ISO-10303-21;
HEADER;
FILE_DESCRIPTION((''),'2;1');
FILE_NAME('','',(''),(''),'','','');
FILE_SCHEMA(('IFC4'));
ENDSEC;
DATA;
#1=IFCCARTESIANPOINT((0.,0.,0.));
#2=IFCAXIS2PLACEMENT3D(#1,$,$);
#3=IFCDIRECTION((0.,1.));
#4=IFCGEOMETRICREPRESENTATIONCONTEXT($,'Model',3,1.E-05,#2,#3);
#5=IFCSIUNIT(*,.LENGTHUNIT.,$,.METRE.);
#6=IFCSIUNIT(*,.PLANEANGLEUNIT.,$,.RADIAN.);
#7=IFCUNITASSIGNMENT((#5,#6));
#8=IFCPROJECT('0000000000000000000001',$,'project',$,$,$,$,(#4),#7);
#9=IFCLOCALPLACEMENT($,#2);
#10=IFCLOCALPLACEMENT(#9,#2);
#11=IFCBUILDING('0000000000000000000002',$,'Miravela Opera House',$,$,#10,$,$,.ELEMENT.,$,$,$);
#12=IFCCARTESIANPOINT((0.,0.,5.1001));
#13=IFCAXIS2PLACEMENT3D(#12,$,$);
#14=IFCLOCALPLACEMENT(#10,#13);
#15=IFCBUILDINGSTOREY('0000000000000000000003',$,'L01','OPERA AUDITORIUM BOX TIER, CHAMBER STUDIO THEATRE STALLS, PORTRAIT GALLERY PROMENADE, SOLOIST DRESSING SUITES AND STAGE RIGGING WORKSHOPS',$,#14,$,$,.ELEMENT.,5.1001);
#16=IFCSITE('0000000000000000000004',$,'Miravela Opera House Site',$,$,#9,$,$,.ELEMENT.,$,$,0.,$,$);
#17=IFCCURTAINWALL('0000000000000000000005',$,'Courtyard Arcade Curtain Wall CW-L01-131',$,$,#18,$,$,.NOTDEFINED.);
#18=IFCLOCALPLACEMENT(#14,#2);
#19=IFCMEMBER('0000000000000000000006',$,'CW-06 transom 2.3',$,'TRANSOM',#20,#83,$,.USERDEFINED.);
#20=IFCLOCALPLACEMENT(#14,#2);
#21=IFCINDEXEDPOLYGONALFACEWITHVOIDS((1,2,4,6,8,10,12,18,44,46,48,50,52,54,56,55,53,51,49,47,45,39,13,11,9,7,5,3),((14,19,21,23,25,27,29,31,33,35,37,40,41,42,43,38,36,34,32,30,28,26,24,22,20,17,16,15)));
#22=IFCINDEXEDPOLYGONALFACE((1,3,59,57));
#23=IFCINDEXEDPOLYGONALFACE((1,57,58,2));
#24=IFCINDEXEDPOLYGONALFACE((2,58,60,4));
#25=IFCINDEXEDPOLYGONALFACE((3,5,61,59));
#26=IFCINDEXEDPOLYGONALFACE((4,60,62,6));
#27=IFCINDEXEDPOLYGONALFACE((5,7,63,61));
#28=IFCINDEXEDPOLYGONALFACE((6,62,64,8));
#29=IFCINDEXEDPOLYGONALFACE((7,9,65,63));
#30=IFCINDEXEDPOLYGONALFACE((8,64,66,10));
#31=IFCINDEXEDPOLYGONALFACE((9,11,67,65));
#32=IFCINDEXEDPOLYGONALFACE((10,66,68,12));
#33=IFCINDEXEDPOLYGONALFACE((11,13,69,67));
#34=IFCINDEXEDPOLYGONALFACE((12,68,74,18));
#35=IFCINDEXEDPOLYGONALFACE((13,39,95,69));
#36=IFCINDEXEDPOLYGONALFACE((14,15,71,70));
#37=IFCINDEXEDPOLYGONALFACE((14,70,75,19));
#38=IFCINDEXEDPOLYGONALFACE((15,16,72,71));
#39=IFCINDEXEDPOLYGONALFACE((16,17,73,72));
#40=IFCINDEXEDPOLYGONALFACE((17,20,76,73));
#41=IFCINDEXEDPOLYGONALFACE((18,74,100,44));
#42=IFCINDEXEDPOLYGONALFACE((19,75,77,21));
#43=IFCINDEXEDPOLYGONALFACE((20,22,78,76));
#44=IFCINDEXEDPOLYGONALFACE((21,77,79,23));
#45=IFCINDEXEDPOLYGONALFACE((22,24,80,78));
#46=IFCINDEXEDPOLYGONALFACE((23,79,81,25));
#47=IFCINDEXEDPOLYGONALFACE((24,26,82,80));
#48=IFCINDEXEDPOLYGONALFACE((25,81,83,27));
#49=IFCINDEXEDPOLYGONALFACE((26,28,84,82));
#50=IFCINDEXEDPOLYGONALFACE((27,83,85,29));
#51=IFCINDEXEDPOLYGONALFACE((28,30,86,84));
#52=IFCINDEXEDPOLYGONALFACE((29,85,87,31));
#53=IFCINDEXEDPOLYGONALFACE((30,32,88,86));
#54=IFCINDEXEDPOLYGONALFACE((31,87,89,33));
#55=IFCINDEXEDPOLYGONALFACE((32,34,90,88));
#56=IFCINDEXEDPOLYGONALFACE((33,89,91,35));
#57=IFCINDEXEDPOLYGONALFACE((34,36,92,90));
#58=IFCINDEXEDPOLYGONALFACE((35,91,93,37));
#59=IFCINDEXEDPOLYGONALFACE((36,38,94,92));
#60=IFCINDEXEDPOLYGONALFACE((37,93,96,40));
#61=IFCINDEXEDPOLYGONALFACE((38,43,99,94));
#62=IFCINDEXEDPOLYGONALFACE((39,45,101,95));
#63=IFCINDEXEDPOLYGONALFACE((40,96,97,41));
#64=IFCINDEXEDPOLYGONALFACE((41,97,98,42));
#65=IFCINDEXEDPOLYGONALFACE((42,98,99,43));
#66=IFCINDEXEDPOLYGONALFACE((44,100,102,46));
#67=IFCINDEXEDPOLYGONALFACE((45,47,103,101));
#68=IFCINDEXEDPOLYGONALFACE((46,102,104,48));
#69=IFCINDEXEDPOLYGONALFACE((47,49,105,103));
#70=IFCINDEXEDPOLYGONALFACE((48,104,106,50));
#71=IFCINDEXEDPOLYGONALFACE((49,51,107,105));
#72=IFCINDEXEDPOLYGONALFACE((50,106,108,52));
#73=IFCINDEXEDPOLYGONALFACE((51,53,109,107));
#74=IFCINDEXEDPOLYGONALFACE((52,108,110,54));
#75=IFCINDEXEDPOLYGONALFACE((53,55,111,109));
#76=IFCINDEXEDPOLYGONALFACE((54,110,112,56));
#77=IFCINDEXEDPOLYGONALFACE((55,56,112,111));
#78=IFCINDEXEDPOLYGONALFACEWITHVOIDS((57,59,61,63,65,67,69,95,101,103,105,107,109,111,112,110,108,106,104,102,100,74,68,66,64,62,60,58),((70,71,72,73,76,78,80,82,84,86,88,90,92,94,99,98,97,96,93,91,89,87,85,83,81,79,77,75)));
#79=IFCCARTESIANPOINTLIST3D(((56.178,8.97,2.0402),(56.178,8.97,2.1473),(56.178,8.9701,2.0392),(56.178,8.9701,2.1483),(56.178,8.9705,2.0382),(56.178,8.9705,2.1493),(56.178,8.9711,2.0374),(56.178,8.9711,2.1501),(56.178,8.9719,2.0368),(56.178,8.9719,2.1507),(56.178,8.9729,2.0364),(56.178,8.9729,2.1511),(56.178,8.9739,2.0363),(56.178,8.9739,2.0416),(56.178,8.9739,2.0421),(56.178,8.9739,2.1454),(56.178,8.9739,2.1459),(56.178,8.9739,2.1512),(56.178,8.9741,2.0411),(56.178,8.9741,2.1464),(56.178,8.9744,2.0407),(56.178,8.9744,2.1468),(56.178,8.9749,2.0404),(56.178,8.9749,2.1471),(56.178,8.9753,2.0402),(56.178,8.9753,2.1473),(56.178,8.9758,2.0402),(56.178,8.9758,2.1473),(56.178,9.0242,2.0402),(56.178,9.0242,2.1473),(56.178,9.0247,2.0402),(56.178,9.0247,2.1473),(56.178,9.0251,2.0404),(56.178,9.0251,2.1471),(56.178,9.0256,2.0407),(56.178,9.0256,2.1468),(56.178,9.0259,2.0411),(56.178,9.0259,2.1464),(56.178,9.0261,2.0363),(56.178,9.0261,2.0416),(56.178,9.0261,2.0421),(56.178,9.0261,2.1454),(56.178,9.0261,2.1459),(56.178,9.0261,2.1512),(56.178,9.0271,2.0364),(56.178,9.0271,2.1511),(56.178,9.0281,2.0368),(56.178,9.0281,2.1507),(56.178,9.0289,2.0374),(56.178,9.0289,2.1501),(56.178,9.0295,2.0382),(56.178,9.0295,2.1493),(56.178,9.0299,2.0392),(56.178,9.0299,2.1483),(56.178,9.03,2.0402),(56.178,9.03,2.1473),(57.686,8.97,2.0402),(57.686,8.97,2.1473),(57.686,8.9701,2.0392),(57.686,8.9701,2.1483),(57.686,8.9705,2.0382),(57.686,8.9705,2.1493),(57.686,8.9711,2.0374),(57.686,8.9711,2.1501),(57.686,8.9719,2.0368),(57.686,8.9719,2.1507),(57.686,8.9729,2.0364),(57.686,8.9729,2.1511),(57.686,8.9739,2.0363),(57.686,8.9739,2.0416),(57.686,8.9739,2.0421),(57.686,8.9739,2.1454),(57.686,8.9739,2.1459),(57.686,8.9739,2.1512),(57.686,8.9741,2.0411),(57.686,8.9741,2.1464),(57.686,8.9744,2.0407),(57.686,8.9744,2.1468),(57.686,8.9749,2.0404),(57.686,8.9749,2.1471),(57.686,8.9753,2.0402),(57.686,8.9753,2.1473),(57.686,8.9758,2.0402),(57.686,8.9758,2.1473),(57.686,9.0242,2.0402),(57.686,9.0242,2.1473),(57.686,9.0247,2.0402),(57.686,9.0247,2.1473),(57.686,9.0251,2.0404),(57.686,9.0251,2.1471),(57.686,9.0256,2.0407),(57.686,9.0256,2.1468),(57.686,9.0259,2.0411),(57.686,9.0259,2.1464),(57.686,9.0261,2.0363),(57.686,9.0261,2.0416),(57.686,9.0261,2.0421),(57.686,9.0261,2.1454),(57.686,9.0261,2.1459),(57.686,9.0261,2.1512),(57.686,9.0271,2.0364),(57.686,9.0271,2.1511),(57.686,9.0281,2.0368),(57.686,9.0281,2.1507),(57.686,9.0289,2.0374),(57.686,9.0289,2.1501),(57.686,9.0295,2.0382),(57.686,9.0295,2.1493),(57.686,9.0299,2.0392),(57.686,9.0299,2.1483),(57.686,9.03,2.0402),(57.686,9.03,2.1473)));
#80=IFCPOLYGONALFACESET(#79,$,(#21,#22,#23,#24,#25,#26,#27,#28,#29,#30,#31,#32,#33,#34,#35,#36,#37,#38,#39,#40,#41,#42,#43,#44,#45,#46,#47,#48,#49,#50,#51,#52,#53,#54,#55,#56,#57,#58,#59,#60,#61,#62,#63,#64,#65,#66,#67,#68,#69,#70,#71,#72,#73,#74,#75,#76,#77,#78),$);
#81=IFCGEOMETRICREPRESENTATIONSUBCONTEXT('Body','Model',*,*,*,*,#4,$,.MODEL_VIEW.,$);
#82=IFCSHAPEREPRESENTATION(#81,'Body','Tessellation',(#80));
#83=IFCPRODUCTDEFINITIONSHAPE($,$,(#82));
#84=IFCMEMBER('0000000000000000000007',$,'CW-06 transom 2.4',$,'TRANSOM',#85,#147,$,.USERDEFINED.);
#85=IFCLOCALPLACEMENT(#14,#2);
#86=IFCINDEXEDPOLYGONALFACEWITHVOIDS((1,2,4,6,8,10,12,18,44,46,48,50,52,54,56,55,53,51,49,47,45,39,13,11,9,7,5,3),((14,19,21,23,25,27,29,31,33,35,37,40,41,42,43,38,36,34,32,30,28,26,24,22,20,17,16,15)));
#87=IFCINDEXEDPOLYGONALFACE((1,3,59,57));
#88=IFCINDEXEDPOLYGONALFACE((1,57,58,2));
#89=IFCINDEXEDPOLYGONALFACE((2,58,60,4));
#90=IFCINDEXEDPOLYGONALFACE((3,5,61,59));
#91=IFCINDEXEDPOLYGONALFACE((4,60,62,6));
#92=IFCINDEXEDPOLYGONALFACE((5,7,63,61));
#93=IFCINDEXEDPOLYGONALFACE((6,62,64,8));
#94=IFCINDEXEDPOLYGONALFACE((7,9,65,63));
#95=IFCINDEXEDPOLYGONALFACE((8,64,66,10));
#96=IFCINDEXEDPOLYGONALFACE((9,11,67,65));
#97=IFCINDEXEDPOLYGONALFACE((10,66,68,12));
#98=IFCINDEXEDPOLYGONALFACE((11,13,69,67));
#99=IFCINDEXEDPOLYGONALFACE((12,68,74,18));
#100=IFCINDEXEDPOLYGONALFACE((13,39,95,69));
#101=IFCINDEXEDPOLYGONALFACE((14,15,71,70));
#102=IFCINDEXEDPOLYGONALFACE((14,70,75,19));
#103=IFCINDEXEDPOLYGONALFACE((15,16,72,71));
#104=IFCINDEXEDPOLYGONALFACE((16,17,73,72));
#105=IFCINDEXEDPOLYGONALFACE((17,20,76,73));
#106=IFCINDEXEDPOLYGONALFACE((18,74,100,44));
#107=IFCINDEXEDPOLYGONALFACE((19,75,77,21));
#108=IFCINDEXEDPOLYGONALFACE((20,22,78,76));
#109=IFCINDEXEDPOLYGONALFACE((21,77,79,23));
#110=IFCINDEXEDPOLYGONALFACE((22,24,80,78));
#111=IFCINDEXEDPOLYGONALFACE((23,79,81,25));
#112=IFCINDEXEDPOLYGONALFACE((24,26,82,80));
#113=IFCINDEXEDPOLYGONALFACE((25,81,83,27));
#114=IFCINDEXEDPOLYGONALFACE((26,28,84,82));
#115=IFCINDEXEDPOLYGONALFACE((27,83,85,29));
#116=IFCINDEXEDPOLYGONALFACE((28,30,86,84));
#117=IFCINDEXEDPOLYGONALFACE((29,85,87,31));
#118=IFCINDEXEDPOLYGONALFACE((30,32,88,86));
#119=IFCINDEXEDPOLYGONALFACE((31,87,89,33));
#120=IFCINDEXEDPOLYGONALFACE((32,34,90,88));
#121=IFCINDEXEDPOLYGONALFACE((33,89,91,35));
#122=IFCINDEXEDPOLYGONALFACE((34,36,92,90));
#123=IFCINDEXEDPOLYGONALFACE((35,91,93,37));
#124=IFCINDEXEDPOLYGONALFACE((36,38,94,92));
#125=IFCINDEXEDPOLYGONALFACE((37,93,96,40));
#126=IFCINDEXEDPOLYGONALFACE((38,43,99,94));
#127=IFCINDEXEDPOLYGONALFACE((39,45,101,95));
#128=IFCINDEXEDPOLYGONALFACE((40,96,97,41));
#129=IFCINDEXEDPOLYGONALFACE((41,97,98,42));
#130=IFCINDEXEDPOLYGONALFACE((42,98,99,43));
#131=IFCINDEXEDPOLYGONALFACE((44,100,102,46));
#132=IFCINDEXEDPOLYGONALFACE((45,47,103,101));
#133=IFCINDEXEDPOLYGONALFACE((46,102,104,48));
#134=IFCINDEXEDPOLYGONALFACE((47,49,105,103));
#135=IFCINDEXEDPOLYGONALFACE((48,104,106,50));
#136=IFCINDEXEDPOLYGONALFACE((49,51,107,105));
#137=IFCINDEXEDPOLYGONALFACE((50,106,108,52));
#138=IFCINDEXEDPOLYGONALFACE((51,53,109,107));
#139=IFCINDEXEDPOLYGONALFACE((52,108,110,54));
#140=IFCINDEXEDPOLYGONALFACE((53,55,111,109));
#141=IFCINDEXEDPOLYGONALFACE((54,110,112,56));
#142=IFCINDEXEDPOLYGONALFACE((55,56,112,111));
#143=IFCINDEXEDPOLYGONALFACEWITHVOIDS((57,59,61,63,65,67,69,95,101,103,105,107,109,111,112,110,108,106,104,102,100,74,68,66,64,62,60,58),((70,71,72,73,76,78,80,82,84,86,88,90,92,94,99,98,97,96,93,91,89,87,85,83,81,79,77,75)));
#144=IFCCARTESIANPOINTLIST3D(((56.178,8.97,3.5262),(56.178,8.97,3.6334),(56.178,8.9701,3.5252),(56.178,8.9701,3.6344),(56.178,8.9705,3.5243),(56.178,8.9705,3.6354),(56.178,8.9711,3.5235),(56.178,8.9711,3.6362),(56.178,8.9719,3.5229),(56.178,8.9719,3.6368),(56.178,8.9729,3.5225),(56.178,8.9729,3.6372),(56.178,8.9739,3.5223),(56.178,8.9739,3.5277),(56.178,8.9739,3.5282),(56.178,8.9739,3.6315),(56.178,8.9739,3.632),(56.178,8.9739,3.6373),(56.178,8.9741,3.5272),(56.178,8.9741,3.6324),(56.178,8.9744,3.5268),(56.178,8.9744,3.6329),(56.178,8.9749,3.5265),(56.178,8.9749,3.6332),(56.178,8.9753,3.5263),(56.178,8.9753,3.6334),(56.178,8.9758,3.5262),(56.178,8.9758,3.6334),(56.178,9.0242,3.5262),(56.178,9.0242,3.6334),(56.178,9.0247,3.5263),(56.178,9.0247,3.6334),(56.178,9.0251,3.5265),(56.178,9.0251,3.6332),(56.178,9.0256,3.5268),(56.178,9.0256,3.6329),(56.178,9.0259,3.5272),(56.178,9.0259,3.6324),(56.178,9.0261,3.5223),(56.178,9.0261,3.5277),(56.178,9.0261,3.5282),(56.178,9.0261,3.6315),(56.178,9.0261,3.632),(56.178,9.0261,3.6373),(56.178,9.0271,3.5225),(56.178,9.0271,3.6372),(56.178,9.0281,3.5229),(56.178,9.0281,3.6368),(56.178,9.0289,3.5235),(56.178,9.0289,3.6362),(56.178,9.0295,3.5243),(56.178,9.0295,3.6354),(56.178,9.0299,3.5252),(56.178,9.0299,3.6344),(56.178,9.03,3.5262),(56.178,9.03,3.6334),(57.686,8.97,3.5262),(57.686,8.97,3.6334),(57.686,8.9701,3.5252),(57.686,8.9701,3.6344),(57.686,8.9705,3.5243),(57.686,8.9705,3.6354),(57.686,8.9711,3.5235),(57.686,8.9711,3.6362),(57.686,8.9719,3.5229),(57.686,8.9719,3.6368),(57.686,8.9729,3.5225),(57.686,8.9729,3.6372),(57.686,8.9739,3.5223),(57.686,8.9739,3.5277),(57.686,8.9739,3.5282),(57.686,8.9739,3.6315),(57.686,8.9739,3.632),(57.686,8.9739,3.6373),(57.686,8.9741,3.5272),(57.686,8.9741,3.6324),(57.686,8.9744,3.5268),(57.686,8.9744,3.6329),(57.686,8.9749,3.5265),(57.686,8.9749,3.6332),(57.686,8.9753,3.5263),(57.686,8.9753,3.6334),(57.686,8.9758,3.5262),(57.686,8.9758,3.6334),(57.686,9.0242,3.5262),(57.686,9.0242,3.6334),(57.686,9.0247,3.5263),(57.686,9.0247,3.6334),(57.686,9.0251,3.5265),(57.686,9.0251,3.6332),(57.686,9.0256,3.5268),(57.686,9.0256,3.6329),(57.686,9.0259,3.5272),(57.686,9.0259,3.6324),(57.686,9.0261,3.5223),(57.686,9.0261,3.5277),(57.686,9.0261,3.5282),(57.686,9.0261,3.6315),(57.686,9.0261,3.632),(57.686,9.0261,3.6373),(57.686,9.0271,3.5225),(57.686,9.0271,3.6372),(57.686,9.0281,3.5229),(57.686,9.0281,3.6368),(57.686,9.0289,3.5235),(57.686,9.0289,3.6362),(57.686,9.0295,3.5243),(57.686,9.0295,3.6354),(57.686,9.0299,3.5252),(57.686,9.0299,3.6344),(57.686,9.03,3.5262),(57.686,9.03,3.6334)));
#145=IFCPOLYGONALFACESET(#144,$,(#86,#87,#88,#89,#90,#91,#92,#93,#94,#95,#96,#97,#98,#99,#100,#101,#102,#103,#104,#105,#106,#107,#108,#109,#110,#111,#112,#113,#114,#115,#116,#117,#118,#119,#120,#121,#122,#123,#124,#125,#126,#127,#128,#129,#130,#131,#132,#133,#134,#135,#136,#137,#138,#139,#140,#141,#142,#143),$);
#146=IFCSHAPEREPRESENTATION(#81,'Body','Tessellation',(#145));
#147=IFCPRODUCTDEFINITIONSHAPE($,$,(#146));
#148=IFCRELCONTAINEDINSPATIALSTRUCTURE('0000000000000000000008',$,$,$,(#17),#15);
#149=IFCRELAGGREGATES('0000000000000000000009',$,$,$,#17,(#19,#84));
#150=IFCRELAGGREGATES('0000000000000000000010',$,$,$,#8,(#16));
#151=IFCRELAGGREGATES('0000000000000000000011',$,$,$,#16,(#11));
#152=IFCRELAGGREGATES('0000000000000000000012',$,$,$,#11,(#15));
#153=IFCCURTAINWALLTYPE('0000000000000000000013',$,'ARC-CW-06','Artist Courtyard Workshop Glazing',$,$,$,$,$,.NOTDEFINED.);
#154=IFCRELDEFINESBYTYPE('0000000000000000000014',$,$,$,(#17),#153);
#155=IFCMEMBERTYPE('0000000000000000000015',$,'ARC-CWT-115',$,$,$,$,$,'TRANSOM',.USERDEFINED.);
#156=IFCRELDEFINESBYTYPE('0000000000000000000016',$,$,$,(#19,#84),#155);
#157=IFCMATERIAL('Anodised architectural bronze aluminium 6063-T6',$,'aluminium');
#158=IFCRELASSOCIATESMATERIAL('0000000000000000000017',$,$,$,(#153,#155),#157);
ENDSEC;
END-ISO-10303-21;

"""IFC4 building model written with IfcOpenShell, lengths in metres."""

from ifc_helpers import new_model, si_unit, direction, frame, origin, origin_2d, place, context, subcontext, project, spatial, hollow_rectangle, extrude, material, material_profile, profile_set, type_object, element, aggregate, save


model = new_model("IFC4")

# Units and contexts
model_context = context("Model", 3, precision=1e-05, world=origin(), true_north=direction((0.0, 1.0)))
body_context = subcontext(model_context, "Body", "Model", "MODEL_VIEW")
ifc_project = project(units=[si_unit("LENGTHUNIT", "METRE"), si_unit("PLANEANGLEUNIT", "RADIAN")], contexts=[model_context])

# Site, building, storey
site_placement = place(None, origin())
site = spatial("IfcSite", under=ifc_project, at=site_placement, Name="Miravela Opera House Site", CompositionType="ELEMENT", RefElevation=0.0)
building_placement = place(site_placement, origin())
building = spatial("IfcBuilding", under=site, at=building_placement, Name="Miravela Opera House", CompositionType="ELEMENT")
storey_placement = place(building_placement, frame((0.0, 0.0, 5.1001)))
storey = spatial("IfcBuildingStorey", under=building, at=storey_placement, Name="L01", Description="OPERA AUDITORIUM BOX TIER, CHAMBER STUDIO THEATRE STALLS, PORTRAIT GALLERY PROMENADE, SOLOIST DRESSING SUITES AND STAGE RIGGING WORKSHOPS", CompositionType="ELEMENT", Elevation=5.1001)

# Shared definitions
ifc_material_1 = material(Name="Anodised architectural bronze aluminium 6063-T6", Category="aluminium")
curtain_wall_type = type_object("IfcCurtainWallType", Name="ARC-CW-06", Description="Artist Courtyard Workshop Glazing", PredefinedType="NOTDEFINED", material=ifc_material_1)

# Curtain wall, members
curtain_wall_1_placement = place(storey_placement, origin())
curtain_wall_1 = element("IfcCurtainWall", 1, at=curtain_wall_1_placement, inside=storey, type_object=curtain_wall_type, Name="Courtyard Arcade Curtain Wall CW-L01-131", PredefinedType="NOTDEFINED")
ifc_material_profile_1 = material_profile(ifc_material_1, hollow_rectangle(XDim=0.0601, YDim=0.115, WallThickness=0.0039, InnerFilletRadius=0.002, OuterFilletRadius=0.0039, at=origin_2d()), Name="CWT-60X115")
ifc_profile_set_1 = profile_set([ifc_material_profile_1])
member_type_1 = type_object("IfcMemberType", Name="ARC-CWT-115", ElementType="TRANSOM", PredefinedType="USERDEFINED", material=ifc_profile_set_1)
member_1_placement = place(storey_placement, frame((56.178, 9.0, 2.0938), z_axis=(1.0, 0.0, 0.0), x_axis=(0.0, 1.0, 0.0)))
member_1 = element("IfcMember", 2, at=member_1_placement, type_object=member_type_1, Name="CW-06 transom 2.3", ObjectType="TRANSOM", PredefinedType="USERDEFINED", context=body_context, shape_type="SweptSolid", body=[
    extrude(hollow_rectangle(XDim=0.0601, YDim=0.115, WallThickness=0.0039, InnerFilletRadius=0.002, OuterFilletRadius=0.0039, at=origin_2d()), origin(), (0.0, 0.0, 1.0), 1.5081),
])
member_2_placement = place(storey_placement, frame((56.178, 9.0, 3.5798), z_axis=(1.0, 0.0, 0.0), x_axis=(0.0, 1.0, 0.0)))
member_2 = element("IfcMember", 3, at=member_2_placement, type_object=member_type_1, Name="CW-06 transom 2.4", ObjectType="TRANSOM", PredefinedType="USERDEFINED", context=body_context, shape_type="SweptSolid", body=[
    extrude(hollow_rectangle(XDim=0.0601, YDim=0.115, WallThickness=0.0039, InnerFilletRadius=0.002, OuterFilletRadius=0.0039, at=origin_2d()), origin(), (0.0, 0.0, 1.0), 1.5081),
])

aggregate(curtain_wall_1, [member_1, member_2])

save(model, "model.ifc")
